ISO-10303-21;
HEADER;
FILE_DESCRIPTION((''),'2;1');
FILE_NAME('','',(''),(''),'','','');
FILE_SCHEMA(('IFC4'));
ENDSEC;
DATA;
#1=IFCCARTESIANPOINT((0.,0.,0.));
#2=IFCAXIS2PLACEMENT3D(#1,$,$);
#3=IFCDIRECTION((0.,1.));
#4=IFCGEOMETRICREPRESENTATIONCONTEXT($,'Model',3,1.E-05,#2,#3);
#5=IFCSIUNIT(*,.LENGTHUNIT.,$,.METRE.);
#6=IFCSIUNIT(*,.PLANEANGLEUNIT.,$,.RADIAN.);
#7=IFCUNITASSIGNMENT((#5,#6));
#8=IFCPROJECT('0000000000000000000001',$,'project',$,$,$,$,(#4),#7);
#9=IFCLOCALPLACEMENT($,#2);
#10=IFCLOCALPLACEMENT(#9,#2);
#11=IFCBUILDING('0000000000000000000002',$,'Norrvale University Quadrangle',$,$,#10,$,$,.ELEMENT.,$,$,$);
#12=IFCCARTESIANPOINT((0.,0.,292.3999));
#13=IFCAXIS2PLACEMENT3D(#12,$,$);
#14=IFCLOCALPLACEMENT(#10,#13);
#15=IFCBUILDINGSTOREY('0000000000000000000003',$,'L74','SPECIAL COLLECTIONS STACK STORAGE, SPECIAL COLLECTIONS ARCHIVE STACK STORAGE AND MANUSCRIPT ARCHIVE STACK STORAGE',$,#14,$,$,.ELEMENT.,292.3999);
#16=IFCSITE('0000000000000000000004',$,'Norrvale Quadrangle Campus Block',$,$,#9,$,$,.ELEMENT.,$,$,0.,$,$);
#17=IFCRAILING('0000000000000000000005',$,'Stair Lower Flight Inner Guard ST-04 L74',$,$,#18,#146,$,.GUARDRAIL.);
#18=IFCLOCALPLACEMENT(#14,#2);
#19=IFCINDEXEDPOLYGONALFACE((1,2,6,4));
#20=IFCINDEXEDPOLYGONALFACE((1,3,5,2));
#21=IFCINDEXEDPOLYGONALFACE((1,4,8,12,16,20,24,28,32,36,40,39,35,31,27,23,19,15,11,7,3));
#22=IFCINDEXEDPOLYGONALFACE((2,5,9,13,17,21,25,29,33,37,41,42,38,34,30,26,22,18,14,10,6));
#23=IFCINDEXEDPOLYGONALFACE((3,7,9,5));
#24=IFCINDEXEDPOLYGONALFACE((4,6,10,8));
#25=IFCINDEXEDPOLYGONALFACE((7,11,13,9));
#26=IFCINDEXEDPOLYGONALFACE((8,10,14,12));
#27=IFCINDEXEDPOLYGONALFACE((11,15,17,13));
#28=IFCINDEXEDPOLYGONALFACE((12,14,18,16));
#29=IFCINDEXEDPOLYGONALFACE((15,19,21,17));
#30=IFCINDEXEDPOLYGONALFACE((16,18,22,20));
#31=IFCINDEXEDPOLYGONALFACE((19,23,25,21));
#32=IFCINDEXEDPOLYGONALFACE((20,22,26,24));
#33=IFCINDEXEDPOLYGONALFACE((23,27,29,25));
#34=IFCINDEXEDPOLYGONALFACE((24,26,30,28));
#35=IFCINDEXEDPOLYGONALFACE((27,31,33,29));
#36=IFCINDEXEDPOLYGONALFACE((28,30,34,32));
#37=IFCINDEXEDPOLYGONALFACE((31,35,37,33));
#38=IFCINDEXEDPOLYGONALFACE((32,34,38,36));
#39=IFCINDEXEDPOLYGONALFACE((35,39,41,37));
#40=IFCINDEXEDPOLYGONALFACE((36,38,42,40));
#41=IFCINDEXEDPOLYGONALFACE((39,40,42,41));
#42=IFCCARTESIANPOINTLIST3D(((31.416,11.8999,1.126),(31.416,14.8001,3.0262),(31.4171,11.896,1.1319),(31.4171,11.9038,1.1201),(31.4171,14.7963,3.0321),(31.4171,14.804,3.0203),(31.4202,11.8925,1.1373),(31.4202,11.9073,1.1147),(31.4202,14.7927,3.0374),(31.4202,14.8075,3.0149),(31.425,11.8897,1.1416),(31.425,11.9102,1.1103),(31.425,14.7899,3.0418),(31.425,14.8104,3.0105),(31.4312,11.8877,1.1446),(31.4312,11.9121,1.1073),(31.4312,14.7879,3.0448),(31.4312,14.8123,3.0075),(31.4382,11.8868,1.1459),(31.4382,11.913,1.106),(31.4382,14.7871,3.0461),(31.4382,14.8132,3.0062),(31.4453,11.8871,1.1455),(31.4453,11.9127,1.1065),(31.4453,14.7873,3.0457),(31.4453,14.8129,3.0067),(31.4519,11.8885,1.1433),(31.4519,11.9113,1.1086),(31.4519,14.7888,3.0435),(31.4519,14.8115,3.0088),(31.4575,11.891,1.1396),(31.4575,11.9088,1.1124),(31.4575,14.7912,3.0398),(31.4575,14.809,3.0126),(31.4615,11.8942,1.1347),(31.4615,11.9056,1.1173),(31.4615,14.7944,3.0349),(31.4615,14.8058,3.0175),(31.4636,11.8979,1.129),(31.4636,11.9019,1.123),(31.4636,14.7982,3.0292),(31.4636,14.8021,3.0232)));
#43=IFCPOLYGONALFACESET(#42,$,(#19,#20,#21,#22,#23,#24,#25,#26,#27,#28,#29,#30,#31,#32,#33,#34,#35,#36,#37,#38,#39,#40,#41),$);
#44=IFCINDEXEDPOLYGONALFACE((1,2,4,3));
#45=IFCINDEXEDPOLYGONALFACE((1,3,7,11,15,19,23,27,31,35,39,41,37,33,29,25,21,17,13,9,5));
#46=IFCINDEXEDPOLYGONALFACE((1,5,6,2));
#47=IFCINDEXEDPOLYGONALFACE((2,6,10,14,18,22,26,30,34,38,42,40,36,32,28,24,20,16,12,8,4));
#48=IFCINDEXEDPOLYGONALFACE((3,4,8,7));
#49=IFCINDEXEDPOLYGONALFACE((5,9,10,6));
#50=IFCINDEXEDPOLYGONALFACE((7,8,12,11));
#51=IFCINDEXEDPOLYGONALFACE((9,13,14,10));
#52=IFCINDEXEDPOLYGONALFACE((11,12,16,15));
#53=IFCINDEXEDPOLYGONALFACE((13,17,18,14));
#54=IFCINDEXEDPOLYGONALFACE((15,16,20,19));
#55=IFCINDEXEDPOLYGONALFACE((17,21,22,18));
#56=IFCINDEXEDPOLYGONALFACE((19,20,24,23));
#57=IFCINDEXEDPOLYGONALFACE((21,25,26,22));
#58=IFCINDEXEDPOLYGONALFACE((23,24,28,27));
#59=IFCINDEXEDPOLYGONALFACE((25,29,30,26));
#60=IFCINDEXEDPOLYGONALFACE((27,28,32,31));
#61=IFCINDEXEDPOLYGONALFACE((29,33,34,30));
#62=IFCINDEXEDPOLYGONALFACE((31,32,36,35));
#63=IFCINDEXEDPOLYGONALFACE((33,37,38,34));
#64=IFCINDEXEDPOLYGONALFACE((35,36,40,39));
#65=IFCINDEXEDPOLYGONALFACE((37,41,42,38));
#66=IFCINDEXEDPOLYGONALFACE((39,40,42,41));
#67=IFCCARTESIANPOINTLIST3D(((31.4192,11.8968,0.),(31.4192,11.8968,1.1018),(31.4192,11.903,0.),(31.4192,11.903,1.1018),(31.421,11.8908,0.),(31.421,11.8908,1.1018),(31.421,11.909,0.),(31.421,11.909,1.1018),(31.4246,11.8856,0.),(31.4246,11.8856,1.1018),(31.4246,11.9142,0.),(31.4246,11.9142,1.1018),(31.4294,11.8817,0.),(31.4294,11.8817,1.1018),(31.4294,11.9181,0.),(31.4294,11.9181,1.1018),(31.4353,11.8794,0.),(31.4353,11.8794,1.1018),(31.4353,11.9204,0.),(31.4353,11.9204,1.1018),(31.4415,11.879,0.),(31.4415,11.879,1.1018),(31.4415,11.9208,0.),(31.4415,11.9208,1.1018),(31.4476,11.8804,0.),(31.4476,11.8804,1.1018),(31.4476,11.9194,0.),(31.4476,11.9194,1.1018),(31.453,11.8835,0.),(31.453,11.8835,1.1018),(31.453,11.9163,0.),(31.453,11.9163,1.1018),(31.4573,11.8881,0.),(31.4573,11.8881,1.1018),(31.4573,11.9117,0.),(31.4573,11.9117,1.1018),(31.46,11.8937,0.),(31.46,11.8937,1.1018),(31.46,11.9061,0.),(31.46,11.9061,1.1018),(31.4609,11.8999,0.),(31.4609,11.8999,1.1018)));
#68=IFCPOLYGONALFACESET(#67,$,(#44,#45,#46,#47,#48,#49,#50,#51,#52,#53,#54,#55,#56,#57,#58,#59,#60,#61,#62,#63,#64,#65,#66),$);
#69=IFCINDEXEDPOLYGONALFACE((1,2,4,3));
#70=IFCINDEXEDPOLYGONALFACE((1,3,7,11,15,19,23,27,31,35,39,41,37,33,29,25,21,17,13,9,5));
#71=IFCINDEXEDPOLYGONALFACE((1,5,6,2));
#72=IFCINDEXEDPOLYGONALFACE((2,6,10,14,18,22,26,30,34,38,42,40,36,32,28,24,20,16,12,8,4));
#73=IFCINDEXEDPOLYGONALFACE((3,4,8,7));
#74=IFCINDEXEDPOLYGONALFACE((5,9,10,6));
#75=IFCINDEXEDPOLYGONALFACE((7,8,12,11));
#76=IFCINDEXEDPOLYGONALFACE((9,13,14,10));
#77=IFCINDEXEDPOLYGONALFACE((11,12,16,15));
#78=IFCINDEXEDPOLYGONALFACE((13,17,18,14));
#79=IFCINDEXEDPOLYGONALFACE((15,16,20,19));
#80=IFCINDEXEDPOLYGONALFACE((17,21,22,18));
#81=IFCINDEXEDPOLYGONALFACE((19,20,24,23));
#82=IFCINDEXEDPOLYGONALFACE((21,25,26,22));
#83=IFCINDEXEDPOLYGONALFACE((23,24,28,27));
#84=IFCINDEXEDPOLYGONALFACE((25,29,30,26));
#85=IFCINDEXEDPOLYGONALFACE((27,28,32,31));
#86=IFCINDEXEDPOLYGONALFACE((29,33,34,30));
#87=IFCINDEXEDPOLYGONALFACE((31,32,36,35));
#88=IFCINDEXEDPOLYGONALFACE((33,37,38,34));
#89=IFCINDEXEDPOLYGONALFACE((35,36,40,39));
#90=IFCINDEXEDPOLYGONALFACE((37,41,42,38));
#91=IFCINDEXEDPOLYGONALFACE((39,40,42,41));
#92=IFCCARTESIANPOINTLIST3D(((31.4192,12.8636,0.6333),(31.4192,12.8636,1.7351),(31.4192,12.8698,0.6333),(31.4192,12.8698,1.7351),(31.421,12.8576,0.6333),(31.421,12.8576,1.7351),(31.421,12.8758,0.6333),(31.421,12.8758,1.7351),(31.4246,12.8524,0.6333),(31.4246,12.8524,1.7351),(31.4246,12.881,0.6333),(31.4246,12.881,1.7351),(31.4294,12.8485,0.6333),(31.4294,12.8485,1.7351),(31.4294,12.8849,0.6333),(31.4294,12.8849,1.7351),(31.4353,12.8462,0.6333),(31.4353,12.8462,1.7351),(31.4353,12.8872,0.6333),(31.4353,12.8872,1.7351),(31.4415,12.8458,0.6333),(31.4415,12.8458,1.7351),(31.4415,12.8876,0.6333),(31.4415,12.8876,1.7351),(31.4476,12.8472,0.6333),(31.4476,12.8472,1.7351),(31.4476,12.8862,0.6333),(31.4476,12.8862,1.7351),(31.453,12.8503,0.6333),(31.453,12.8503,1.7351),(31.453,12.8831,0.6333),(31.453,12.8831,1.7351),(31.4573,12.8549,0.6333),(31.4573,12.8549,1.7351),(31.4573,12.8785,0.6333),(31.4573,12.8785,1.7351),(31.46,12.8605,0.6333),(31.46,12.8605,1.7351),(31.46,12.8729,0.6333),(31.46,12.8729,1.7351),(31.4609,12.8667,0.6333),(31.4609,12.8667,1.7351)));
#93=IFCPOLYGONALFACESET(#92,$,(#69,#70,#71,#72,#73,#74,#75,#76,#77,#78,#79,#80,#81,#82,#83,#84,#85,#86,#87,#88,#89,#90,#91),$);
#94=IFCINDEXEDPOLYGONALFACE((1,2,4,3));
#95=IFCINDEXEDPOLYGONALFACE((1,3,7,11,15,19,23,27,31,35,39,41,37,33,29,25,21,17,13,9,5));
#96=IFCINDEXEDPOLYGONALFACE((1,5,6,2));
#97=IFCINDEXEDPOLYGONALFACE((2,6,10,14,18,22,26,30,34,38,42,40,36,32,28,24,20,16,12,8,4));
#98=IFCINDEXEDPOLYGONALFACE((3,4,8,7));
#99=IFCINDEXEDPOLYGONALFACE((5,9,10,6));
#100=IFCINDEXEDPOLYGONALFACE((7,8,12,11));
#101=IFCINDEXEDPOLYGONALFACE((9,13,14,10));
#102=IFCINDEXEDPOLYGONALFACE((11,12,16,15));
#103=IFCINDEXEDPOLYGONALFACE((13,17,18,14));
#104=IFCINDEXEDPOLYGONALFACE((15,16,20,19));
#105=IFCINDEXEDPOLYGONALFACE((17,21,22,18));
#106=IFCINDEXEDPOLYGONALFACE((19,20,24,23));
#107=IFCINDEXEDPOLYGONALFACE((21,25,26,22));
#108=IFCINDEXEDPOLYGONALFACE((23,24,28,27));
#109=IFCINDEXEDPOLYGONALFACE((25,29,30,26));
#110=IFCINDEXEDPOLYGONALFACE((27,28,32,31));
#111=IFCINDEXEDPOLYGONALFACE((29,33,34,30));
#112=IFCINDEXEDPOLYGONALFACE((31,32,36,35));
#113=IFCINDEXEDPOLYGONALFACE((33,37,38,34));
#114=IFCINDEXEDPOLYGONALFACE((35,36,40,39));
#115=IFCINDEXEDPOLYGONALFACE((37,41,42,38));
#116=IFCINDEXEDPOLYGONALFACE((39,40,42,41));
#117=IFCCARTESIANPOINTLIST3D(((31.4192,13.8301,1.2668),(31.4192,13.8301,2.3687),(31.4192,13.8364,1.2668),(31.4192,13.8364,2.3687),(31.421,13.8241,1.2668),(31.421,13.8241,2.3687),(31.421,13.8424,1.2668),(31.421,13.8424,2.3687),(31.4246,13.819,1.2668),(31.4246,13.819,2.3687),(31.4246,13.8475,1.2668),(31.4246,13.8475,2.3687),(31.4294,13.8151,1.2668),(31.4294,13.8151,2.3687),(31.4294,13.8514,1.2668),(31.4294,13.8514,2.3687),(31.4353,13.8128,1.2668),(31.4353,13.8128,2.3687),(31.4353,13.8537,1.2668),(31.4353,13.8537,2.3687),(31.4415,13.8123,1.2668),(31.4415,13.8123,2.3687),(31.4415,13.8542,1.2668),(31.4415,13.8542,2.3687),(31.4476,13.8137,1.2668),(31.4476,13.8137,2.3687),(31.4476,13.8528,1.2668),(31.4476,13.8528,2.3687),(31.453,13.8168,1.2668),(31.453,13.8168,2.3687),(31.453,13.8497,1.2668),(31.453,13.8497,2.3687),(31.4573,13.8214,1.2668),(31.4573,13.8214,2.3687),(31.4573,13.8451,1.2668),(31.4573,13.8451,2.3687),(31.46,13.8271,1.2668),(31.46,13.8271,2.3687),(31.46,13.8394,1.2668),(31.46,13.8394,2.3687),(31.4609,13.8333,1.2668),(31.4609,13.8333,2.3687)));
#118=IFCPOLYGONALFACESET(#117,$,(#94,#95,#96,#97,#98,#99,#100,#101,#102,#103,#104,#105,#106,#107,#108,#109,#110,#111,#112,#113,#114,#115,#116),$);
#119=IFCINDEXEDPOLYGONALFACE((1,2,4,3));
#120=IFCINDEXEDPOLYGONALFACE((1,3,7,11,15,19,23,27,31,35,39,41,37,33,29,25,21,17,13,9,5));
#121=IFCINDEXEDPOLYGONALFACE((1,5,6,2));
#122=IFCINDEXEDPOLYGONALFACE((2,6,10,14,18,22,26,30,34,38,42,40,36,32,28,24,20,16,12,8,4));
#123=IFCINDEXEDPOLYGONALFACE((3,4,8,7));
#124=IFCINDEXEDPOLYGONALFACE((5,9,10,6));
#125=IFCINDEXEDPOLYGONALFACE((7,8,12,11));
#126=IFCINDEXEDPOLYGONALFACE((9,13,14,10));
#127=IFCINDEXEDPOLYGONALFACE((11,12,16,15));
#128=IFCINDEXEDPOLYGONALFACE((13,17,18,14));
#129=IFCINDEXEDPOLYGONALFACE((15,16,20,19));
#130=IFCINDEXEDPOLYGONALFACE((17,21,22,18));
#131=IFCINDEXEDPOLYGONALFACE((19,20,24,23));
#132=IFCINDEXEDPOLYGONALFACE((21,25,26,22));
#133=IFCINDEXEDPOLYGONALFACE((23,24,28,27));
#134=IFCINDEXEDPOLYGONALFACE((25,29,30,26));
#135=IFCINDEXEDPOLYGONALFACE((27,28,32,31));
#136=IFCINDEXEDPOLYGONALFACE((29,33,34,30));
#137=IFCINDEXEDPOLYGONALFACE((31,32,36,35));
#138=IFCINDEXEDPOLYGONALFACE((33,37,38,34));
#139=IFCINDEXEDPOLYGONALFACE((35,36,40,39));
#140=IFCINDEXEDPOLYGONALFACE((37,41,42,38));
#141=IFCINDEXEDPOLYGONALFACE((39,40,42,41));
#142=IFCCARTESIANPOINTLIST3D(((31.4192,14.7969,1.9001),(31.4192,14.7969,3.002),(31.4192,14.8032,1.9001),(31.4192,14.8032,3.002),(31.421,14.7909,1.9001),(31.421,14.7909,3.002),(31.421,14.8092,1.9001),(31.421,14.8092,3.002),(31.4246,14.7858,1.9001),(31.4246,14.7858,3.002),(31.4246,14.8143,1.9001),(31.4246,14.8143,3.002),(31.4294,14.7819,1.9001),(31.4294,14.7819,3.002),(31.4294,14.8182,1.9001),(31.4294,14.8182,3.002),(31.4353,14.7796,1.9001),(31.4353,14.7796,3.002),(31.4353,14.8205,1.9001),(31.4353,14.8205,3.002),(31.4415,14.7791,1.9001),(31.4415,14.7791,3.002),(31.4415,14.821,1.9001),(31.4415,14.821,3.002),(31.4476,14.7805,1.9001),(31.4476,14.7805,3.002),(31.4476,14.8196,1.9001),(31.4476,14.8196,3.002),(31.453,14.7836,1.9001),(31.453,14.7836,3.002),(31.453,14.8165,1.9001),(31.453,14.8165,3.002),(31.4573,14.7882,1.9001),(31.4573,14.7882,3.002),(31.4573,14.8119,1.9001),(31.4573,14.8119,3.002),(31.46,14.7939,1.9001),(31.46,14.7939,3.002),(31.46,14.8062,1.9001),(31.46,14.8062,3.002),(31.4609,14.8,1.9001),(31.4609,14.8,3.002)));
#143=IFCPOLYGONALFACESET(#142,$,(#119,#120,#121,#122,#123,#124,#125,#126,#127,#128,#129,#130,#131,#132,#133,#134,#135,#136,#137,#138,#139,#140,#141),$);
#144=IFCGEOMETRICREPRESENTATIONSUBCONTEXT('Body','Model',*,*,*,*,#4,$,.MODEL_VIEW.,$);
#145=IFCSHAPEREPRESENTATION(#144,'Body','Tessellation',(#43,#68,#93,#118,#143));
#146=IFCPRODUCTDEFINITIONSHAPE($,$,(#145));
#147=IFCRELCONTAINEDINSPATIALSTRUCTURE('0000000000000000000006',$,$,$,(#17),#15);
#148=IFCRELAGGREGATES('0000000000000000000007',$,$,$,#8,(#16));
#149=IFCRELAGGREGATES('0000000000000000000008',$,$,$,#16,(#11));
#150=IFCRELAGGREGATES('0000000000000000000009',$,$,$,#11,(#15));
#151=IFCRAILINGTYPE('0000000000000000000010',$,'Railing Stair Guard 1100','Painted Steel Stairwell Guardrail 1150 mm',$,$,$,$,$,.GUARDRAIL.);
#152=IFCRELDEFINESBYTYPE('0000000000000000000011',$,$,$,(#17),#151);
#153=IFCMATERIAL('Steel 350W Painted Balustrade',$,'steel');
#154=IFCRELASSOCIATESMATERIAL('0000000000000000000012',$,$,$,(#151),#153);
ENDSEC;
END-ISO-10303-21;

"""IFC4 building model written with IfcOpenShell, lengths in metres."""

from ifc_helpers import new_model, si_unit, direction, frame, origin, origin_2d, place, context, subcontext, project, spatial, circle, extrude, material, type_object, element, save


model = new_model("IFC4")

# Units and contexts
model_context = context("Model", 3, precision=1e-05, world=origin(), true_north=direction((0.0, 1.0)))
body_context = subcontext(model_context, "Body", "Model", "MODEL_VIEW")
ifc_project = project(units=[si_unit("LENGTHUNIT", "METRE"), si_unit("PLANEANGLEUNIT", "RADIAN")], contexts=[model_context])

# Site, building, storey
site_placement = place(None, origin())
site = spatial("IfcSite", under=ifc_project, at=site_placement, Name="Norrvale Quadrangle Campus Block", CompositionType="ELEMENT", RefElevation=0.0)
building_placement = place(site_placement, origin())
building = spatial("IfcBuilding", under=site, at=building_placement, Name="Norrvale University Quadrangle", CompositionType="ELEMENT")
storey_placement = place(building_placement, frame((0.0, 0.0, 292.3999)))
storey = spatial("IfcBuildingStorey", under=building, at=storey_placement, Name="L74", Description="SPECIAL COLLECTIONS STACK STORAGE, SPECIAL COLLECTIONS ARCHIVE STACK STORAGE AND MANUSCRIPT ARCHIVE STACK STORAGE", CompositionType="ELEMENT", Elevation=292.3999)

# Railing
ifc_material_1 = material(Name="Steel 350W Painted Balustrade", Category="steel")
railing_type_1 = type_object("IfcRailingType", Name="Railing Stair Guard 1100", Description="Painted Steel Stairwell Guardrail 1150 mm", PredefinedType="GUARDRAIL", material=ifc_material_1)
railing_1_placement = place(storey_placement, frame((31.4399, 11.8999, 0.0)))
element("IfcRailing", 1, at=railing_1_placement, inside=storey, type_object=railing_type_1, Name="Stair Lower Flight Inner Guard ST-04 L74", PredefinedType="GUARDRAIL", context=body_context, shape_type="SweptSolid", body=[
    extrude(circle(Radius=0.0239, at=origin_2d()), frame((0.0, 0.0, 1.126), z_axis=(0.0, 0.836454, 0.548036), x_axis=(-1.0, 0.0, 0.0)), (0.0, 0.0, 1.0), 3.4673),
    extrude(circle(Radius=0.021, at=origin_2d()), origin(), (0.0, 0.0, 1.0), 1.1018),
    extrude(circle(Radius=0.021, at=origin_2d()), frame((0.0, 0.9668, 0.6333)), (0.0, 0.0, 1.0), 1.1018),
    extrude(circle(Radius=0.021, at=origin_2d()), frame((0.0, 1.9333, 1.2668)), (0.0, 0.0, 1.0), 1.1018),
    extrude(circle(Radius=0.021, at=origin_2d()), frame((0.0, 2.9001, 1.9001)), (0.0, 0.0, 1.0), 1.1018),
])

save(model, "model.ifc")
